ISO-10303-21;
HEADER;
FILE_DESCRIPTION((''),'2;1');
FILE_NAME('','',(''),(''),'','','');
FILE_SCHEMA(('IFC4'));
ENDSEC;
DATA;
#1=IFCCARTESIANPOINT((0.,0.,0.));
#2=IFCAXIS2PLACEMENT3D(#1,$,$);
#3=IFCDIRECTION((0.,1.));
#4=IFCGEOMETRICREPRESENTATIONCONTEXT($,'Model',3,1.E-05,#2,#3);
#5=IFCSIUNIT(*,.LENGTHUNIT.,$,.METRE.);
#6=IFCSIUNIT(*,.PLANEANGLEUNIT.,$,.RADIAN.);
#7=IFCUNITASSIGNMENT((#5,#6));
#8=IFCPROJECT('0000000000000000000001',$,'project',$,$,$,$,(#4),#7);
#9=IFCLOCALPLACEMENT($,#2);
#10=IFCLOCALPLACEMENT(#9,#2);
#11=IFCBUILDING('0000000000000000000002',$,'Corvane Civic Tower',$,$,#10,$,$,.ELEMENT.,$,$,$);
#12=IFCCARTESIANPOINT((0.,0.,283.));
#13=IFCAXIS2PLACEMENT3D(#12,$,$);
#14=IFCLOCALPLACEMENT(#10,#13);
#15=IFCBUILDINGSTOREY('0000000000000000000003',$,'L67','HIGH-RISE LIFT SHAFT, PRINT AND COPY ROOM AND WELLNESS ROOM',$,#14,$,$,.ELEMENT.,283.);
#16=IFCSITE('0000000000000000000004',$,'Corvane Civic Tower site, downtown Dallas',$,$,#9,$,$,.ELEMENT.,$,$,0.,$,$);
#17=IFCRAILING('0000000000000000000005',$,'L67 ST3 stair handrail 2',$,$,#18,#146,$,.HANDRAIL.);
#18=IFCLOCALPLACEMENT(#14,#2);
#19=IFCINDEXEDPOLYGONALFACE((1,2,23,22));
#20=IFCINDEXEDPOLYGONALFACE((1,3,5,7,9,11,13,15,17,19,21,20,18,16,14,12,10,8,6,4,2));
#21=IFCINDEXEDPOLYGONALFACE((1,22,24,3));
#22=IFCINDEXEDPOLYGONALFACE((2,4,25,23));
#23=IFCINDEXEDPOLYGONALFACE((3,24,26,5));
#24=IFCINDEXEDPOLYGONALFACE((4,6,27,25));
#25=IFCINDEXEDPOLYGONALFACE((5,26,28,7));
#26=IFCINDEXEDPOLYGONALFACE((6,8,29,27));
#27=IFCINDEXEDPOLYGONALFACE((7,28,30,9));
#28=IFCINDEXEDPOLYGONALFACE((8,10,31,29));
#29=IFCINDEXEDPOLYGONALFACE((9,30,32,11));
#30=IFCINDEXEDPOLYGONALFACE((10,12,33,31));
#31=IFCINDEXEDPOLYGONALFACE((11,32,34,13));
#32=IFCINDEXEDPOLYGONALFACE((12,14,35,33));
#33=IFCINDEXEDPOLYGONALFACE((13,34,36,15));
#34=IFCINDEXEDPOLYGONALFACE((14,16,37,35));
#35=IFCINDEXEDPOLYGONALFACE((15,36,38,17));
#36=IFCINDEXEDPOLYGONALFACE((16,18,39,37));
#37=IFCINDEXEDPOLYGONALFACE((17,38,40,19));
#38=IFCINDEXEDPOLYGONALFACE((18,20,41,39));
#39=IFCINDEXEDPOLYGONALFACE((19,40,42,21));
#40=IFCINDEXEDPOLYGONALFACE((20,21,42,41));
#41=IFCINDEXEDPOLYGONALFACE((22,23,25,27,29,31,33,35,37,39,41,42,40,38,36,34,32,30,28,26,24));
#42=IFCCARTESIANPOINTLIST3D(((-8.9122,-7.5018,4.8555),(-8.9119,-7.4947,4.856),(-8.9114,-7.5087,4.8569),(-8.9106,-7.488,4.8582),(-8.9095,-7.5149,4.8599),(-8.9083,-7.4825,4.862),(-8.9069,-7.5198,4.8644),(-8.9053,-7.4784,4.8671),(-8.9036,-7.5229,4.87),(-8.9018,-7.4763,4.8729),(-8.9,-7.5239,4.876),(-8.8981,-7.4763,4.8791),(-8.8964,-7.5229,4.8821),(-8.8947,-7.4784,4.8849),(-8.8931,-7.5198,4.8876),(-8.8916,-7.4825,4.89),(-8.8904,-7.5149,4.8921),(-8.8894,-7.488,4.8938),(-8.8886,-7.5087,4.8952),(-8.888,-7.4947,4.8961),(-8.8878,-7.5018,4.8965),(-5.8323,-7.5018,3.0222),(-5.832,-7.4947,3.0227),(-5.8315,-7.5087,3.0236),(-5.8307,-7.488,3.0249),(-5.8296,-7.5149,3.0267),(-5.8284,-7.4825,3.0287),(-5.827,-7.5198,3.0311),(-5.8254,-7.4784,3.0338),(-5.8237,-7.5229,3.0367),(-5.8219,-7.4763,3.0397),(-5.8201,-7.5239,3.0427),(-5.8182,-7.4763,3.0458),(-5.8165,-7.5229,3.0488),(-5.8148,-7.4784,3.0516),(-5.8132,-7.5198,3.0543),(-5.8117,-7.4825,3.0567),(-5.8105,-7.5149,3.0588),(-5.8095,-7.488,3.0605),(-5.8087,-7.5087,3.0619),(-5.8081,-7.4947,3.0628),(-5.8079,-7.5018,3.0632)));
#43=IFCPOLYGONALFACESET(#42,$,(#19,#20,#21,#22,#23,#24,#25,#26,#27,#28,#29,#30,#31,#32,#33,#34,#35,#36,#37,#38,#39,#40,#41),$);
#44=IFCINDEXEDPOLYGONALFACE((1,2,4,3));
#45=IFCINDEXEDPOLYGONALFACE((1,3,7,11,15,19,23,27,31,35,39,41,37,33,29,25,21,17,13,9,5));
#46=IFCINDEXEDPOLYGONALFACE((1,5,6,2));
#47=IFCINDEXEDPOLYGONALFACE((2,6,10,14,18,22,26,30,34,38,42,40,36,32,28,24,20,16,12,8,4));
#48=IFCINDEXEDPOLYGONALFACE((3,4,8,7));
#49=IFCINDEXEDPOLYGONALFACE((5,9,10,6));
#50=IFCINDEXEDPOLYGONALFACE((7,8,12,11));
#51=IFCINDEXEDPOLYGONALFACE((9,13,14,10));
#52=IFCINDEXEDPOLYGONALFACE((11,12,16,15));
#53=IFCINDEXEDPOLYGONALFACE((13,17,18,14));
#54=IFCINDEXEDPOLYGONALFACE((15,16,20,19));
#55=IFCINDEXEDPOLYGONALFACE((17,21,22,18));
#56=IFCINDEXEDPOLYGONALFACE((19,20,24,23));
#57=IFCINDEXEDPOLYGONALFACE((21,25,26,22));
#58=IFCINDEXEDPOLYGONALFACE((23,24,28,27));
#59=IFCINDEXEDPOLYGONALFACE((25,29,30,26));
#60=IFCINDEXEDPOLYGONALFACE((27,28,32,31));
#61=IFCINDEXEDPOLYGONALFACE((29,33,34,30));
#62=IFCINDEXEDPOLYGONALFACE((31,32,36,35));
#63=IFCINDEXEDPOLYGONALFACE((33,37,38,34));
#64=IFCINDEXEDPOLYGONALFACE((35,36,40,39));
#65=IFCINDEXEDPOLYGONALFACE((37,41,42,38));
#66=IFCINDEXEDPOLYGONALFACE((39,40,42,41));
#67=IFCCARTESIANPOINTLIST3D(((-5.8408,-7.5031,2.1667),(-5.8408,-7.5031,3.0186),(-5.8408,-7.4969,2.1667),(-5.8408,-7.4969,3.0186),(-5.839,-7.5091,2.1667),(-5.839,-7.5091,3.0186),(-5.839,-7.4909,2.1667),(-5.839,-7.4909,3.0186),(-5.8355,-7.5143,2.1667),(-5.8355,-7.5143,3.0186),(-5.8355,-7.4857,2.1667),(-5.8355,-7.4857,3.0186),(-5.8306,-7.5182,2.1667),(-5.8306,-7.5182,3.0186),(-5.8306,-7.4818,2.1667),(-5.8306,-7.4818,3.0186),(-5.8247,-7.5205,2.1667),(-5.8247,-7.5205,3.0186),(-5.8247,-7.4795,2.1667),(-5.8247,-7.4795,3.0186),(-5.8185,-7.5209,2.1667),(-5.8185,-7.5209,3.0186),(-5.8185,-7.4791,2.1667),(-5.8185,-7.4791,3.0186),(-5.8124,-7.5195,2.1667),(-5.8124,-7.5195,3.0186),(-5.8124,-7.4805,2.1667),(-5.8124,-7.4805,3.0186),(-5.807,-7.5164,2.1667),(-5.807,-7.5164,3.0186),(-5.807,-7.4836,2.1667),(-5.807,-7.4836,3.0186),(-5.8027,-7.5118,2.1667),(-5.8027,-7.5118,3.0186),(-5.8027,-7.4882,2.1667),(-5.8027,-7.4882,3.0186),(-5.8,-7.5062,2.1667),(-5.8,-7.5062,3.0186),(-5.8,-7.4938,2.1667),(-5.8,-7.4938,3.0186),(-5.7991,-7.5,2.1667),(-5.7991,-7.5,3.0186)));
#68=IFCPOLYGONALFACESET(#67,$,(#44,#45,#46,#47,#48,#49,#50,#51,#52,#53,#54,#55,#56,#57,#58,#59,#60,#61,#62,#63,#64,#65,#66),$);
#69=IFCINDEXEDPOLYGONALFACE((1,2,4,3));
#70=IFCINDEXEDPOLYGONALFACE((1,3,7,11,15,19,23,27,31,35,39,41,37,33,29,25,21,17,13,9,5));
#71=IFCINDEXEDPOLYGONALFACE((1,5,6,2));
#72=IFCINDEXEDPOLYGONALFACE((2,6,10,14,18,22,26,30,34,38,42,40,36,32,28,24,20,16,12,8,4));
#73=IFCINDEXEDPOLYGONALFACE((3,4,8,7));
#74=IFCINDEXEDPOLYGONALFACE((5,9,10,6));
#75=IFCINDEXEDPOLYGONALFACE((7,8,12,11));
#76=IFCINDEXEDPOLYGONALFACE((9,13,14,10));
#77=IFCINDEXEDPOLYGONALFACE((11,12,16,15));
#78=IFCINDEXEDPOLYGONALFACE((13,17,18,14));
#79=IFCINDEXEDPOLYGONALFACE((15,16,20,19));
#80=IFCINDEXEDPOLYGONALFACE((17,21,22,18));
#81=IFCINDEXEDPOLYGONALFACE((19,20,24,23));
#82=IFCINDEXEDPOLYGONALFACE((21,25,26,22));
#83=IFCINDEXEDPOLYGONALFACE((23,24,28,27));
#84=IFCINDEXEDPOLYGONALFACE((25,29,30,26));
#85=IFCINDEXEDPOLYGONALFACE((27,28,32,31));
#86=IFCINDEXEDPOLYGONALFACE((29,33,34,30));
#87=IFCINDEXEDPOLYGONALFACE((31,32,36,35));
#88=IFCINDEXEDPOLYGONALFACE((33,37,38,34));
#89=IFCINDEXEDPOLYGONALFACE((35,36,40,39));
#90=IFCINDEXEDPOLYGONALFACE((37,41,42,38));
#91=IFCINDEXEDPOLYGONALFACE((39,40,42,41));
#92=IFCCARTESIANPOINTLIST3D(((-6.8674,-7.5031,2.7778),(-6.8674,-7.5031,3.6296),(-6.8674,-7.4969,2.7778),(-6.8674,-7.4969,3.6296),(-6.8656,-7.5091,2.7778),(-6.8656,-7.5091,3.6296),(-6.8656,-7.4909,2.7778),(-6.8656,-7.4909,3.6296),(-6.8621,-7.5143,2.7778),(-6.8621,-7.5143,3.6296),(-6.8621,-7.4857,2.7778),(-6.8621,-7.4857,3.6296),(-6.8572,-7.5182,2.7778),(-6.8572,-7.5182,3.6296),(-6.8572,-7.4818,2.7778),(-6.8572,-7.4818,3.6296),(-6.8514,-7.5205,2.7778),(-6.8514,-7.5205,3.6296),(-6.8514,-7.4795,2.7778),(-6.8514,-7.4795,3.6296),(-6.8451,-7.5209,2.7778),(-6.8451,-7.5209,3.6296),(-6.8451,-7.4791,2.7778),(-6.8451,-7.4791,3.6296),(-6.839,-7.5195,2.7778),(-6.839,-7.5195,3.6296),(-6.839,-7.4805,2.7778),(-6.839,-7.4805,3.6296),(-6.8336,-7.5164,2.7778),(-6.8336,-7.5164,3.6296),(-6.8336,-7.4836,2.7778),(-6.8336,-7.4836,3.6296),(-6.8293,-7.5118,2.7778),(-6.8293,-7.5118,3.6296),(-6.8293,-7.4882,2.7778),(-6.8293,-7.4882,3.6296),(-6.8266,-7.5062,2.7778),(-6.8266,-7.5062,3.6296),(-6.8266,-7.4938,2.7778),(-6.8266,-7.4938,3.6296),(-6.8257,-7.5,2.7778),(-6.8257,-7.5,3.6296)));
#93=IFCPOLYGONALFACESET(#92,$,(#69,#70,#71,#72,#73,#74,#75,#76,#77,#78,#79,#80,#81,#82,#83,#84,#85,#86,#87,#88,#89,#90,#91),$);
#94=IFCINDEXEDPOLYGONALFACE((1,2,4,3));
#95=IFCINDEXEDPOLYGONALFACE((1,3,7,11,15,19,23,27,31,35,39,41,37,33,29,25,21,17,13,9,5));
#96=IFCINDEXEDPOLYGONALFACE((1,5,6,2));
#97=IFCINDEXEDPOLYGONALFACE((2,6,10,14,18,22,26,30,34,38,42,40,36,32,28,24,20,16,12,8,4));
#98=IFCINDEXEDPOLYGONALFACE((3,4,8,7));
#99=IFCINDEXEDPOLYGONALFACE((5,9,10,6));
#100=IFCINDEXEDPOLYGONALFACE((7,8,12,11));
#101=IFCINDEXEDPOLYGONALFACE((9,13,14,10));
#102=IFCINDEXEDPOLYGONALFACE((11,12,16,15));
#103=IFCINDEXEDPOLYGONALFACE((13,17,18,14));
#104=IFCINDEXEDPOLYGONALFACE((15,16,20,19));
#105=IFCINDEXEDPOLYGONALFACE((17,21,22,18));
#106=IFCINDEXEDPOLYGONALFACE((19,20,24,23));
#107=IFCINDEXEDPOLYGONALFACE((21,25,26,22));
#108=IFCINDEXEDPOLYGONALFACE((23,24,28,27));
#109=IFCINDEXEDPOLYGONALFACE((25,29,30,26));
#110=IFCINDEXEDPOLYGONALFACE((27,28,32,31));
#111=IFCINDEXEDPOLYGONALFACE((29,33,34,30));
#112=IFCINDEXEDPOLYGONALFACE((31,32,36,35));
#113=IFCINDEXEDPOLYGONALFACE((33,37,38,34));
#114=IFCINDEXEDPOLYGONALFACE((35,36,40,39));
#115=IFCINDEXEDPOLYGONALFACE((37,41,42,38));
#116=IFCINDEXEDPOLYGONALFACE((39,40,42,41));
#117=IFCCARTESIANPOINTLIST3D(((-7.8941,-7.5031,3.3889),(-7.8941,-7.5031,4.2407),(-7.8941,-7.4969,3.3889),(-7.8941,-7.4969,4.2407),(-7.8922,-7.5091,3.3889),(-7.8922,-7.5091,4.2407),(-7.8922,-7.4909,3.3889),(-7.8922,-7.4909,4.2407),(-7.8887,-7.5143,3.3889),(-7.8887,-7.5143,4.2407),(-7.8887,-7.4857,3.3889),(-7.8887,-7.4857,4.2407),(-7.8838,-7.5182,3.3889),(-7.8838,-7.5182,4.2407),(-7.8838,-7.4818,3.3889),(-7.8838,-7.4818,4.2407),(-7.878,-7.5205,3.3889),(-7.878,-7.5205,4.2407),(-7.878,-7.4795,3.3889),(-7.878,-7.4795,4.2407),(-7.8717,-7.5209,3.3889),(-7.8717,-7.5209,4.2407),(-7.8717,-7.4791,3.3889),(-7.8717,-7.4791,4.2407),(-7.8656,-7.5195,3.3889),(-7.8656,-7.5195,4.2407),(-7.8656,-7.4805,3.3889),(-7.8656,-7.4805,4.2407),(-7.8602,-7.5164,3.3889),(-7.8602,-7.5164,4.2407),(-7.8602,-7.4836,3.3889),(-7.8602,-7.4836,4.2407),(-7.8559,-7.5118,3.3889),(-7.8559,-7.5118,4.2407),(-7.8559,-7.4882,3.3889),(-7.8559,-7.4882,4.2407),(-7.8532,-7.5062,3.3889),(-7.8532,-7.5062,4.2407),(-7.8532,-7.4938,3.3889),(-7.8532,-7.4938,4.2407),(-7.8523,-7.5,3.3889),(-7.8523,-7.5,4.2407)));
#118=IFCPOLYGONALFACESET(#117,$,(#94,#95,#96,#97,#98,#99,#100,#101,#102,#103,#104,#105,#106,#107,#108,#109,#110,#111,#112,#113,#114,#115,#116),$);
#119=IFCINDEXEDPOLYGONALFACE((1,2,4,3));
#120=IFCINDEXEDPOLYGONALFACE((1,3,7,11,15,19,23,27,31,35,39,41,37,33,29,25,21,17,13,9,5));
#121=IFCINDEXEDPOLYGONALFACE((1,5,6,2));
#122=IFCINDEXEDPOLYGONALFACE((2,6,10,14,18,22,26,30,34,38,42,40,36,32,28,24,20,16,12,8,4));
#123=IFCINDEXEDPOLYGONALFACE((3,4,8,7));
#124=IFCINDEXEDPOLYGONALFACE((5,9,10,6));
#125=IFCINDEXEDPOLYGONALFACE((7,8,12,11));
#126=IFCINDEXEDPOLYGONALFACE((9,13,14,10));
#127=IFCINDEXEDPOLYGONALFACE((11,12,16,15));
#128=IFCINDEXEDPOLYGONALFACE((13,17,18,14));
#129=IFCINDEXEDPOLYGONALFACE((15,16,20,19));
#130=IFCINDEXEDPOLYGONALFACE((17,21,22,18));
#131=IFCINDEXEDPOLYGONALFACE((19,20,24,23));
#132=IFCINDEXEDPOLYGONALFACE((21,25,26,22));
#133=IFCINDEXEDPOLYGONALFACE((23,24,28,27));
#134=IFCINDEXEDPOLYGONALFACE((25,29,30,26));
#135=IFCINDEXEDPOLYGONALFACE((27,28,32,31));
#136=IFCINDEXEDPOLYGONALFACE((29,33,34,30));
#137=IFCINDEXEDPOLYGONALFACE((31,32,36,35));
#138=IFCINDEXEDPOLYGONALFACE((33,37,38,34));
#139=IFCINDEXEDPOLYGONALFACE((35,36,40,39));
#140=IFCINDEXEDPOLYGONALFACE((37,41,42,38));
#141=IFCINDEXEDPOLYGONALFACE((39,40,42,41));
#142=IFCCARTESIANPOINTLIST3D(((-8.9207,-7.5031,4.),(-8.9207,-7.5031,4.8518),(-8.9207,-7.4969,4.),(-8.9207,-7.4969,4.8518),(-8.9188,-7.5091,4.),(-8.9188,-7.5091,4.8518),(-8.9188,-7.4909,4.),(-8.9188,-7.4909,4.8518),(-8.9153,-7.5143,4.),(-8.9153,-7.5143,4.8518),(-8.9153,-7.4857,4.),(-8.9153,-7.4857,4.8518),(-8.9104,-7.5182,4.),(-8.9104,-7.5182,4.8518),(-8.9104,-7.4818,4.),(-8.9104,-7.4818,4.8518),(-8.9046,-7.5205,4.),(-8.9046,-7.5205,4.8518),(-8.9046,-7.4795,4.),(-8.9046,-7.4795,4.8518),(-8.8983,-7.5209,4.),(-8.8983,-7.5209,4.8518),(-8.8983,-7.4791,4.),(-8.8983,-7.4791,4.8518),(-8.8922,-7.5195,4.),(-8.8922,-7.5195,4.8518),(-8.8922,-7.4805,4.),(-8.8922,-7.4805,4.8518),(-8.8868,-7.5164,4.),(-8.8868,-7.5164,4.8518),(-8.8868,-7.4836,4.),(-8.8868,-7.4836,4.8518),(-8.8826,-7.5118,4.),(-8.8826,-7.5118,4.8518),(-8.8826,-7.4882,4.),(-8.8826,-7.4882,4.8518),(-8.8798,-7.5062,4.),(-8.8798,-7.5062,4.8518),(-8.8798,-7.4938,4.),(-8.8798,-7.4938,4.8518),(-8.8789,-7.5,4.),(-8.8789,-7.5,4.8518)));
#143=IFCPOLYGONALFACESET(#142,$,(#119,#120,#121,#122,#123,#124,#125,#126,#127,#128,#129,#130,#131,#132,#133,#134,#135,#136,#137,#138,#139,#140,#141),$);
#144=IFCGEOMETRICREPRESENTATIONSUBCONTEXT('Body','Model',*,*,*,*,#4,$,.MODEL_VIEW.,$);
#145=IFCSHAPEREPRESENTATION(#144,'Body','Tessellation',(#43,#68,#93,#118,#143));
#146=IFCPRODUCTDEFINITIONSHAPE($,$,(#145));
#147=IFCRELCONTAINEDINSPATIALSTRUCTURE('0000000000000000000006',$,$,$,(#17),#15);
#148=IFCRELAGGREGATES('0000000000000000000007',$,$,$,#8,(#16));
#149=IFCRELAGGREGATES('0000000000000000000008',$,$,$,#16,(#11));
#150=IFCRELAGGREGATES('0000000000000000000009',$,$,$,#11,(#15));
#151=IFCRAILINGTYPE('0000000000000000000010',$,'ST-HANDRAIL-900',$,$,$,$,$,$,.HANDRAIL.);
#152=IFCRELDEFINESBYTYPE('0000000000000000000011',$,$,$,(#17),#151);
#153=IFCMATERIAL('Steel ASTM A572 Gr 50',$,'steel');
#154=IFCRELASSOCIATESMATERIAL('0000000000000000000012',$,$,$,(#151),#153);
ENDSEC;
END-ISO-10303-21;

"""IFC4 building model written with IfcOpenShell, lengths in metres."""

from ifc_helpers import new_model, si_unit, direction, frame, origin, origin_2d, place, context, subcontext, project, spatial, circle, extrude, material, type_object, element, save


model = new_model("IFC4")

# Units and contexts
model_context = context("Model", 3, precision=1e-05, world=origin(), true_north=direction((0.0, 1.0)))
body_context = subcontext(model_context, "Body", "Model", "MODEL_VIEW")
ifc_project = project(units=[si_unit("LENGTHUNIT", "METRE"), si_unit("PLANEANGLEUNIT", "RADIAN")], contexts=[model_context])

# Site, building, storey
site_placement = place(None, origin())
site = spatial("IfcSite", under=ifc_project, at=site_placement, Name="Corvane Civic Tower site, downtown Dallas", CompositionType="ELEMENT", RefElevation=0.0)
building_placement = place(site_placement, origin())
building = spatial("IfcBuilding", under=site, at=building_placement, Name="Corvane Civic Tower", CompositionType="ELEMENT")
storey_placement = place(building_placement, frame((0.0, 0.0, 283.0)))
storey = spatial("IfcBuildingStorey", under=building, at=storey_placement, Name="L67", Description="HIGH-RISE LIFT SHAFT, PRINT AND COPY ROOM AND WELLNESS ROOM", CompositionType="ELEMENT", Elevation=283.0)

# Railing
ifc_material_1 = material(Name="Steel ASTM A572 Gr 50", Category="steel")
railing_type_1 = type_object("IfcRailingType", Name="ST-HANDRAIL-900", PredefinedType="HANDRAIL", material=ifc_material_1)
railing_1_placement = place(storey_placement, frame((-5.8201, -7.5, 2.1667)))
element("IfcRailing", 1, at=railing_1_placement, inside=storey, type_object=railing_type_1, Name="L67 ST3 stair handrail 2", PredefinedType="HANDRAIL", context=body_context, shape_type="SweptSolid", body=[
    extrude(circle(Radius=0.0239, at=origin_2d()), frame((0.0, 0.0, 0.876), z_axis=(-0.859291, 0.0, 0.511487), x_axis=(0.0, -1.0, 0.0)), (0.0, 0.0, 1.0), 3.5842),
    extrude(circle(Radius=0.021, at=origin_2d()), origin(), (0.0, 0.0, 1.0), 0.8518),
    extrude(circle(Radius=0.021, at=origin_2d()), frame((-1.0266, 0.0, 0.6111)), (0.0, 0.0, 1.0), 0.8518),
    extrude(circle(Radius=0.021, at=origin_2d()), frame((-2.0532, 0.0, 1.2222)), (0.0, 0.0, 1.0), 0.8518),
    extrude(circle(Radius=0.021, at=origin_2d()), frame((-3.0798, 0.0, 1.8333)), (0.0, 0.0, 1.0), 0.8518),
])

save(model, "model.ifc")
